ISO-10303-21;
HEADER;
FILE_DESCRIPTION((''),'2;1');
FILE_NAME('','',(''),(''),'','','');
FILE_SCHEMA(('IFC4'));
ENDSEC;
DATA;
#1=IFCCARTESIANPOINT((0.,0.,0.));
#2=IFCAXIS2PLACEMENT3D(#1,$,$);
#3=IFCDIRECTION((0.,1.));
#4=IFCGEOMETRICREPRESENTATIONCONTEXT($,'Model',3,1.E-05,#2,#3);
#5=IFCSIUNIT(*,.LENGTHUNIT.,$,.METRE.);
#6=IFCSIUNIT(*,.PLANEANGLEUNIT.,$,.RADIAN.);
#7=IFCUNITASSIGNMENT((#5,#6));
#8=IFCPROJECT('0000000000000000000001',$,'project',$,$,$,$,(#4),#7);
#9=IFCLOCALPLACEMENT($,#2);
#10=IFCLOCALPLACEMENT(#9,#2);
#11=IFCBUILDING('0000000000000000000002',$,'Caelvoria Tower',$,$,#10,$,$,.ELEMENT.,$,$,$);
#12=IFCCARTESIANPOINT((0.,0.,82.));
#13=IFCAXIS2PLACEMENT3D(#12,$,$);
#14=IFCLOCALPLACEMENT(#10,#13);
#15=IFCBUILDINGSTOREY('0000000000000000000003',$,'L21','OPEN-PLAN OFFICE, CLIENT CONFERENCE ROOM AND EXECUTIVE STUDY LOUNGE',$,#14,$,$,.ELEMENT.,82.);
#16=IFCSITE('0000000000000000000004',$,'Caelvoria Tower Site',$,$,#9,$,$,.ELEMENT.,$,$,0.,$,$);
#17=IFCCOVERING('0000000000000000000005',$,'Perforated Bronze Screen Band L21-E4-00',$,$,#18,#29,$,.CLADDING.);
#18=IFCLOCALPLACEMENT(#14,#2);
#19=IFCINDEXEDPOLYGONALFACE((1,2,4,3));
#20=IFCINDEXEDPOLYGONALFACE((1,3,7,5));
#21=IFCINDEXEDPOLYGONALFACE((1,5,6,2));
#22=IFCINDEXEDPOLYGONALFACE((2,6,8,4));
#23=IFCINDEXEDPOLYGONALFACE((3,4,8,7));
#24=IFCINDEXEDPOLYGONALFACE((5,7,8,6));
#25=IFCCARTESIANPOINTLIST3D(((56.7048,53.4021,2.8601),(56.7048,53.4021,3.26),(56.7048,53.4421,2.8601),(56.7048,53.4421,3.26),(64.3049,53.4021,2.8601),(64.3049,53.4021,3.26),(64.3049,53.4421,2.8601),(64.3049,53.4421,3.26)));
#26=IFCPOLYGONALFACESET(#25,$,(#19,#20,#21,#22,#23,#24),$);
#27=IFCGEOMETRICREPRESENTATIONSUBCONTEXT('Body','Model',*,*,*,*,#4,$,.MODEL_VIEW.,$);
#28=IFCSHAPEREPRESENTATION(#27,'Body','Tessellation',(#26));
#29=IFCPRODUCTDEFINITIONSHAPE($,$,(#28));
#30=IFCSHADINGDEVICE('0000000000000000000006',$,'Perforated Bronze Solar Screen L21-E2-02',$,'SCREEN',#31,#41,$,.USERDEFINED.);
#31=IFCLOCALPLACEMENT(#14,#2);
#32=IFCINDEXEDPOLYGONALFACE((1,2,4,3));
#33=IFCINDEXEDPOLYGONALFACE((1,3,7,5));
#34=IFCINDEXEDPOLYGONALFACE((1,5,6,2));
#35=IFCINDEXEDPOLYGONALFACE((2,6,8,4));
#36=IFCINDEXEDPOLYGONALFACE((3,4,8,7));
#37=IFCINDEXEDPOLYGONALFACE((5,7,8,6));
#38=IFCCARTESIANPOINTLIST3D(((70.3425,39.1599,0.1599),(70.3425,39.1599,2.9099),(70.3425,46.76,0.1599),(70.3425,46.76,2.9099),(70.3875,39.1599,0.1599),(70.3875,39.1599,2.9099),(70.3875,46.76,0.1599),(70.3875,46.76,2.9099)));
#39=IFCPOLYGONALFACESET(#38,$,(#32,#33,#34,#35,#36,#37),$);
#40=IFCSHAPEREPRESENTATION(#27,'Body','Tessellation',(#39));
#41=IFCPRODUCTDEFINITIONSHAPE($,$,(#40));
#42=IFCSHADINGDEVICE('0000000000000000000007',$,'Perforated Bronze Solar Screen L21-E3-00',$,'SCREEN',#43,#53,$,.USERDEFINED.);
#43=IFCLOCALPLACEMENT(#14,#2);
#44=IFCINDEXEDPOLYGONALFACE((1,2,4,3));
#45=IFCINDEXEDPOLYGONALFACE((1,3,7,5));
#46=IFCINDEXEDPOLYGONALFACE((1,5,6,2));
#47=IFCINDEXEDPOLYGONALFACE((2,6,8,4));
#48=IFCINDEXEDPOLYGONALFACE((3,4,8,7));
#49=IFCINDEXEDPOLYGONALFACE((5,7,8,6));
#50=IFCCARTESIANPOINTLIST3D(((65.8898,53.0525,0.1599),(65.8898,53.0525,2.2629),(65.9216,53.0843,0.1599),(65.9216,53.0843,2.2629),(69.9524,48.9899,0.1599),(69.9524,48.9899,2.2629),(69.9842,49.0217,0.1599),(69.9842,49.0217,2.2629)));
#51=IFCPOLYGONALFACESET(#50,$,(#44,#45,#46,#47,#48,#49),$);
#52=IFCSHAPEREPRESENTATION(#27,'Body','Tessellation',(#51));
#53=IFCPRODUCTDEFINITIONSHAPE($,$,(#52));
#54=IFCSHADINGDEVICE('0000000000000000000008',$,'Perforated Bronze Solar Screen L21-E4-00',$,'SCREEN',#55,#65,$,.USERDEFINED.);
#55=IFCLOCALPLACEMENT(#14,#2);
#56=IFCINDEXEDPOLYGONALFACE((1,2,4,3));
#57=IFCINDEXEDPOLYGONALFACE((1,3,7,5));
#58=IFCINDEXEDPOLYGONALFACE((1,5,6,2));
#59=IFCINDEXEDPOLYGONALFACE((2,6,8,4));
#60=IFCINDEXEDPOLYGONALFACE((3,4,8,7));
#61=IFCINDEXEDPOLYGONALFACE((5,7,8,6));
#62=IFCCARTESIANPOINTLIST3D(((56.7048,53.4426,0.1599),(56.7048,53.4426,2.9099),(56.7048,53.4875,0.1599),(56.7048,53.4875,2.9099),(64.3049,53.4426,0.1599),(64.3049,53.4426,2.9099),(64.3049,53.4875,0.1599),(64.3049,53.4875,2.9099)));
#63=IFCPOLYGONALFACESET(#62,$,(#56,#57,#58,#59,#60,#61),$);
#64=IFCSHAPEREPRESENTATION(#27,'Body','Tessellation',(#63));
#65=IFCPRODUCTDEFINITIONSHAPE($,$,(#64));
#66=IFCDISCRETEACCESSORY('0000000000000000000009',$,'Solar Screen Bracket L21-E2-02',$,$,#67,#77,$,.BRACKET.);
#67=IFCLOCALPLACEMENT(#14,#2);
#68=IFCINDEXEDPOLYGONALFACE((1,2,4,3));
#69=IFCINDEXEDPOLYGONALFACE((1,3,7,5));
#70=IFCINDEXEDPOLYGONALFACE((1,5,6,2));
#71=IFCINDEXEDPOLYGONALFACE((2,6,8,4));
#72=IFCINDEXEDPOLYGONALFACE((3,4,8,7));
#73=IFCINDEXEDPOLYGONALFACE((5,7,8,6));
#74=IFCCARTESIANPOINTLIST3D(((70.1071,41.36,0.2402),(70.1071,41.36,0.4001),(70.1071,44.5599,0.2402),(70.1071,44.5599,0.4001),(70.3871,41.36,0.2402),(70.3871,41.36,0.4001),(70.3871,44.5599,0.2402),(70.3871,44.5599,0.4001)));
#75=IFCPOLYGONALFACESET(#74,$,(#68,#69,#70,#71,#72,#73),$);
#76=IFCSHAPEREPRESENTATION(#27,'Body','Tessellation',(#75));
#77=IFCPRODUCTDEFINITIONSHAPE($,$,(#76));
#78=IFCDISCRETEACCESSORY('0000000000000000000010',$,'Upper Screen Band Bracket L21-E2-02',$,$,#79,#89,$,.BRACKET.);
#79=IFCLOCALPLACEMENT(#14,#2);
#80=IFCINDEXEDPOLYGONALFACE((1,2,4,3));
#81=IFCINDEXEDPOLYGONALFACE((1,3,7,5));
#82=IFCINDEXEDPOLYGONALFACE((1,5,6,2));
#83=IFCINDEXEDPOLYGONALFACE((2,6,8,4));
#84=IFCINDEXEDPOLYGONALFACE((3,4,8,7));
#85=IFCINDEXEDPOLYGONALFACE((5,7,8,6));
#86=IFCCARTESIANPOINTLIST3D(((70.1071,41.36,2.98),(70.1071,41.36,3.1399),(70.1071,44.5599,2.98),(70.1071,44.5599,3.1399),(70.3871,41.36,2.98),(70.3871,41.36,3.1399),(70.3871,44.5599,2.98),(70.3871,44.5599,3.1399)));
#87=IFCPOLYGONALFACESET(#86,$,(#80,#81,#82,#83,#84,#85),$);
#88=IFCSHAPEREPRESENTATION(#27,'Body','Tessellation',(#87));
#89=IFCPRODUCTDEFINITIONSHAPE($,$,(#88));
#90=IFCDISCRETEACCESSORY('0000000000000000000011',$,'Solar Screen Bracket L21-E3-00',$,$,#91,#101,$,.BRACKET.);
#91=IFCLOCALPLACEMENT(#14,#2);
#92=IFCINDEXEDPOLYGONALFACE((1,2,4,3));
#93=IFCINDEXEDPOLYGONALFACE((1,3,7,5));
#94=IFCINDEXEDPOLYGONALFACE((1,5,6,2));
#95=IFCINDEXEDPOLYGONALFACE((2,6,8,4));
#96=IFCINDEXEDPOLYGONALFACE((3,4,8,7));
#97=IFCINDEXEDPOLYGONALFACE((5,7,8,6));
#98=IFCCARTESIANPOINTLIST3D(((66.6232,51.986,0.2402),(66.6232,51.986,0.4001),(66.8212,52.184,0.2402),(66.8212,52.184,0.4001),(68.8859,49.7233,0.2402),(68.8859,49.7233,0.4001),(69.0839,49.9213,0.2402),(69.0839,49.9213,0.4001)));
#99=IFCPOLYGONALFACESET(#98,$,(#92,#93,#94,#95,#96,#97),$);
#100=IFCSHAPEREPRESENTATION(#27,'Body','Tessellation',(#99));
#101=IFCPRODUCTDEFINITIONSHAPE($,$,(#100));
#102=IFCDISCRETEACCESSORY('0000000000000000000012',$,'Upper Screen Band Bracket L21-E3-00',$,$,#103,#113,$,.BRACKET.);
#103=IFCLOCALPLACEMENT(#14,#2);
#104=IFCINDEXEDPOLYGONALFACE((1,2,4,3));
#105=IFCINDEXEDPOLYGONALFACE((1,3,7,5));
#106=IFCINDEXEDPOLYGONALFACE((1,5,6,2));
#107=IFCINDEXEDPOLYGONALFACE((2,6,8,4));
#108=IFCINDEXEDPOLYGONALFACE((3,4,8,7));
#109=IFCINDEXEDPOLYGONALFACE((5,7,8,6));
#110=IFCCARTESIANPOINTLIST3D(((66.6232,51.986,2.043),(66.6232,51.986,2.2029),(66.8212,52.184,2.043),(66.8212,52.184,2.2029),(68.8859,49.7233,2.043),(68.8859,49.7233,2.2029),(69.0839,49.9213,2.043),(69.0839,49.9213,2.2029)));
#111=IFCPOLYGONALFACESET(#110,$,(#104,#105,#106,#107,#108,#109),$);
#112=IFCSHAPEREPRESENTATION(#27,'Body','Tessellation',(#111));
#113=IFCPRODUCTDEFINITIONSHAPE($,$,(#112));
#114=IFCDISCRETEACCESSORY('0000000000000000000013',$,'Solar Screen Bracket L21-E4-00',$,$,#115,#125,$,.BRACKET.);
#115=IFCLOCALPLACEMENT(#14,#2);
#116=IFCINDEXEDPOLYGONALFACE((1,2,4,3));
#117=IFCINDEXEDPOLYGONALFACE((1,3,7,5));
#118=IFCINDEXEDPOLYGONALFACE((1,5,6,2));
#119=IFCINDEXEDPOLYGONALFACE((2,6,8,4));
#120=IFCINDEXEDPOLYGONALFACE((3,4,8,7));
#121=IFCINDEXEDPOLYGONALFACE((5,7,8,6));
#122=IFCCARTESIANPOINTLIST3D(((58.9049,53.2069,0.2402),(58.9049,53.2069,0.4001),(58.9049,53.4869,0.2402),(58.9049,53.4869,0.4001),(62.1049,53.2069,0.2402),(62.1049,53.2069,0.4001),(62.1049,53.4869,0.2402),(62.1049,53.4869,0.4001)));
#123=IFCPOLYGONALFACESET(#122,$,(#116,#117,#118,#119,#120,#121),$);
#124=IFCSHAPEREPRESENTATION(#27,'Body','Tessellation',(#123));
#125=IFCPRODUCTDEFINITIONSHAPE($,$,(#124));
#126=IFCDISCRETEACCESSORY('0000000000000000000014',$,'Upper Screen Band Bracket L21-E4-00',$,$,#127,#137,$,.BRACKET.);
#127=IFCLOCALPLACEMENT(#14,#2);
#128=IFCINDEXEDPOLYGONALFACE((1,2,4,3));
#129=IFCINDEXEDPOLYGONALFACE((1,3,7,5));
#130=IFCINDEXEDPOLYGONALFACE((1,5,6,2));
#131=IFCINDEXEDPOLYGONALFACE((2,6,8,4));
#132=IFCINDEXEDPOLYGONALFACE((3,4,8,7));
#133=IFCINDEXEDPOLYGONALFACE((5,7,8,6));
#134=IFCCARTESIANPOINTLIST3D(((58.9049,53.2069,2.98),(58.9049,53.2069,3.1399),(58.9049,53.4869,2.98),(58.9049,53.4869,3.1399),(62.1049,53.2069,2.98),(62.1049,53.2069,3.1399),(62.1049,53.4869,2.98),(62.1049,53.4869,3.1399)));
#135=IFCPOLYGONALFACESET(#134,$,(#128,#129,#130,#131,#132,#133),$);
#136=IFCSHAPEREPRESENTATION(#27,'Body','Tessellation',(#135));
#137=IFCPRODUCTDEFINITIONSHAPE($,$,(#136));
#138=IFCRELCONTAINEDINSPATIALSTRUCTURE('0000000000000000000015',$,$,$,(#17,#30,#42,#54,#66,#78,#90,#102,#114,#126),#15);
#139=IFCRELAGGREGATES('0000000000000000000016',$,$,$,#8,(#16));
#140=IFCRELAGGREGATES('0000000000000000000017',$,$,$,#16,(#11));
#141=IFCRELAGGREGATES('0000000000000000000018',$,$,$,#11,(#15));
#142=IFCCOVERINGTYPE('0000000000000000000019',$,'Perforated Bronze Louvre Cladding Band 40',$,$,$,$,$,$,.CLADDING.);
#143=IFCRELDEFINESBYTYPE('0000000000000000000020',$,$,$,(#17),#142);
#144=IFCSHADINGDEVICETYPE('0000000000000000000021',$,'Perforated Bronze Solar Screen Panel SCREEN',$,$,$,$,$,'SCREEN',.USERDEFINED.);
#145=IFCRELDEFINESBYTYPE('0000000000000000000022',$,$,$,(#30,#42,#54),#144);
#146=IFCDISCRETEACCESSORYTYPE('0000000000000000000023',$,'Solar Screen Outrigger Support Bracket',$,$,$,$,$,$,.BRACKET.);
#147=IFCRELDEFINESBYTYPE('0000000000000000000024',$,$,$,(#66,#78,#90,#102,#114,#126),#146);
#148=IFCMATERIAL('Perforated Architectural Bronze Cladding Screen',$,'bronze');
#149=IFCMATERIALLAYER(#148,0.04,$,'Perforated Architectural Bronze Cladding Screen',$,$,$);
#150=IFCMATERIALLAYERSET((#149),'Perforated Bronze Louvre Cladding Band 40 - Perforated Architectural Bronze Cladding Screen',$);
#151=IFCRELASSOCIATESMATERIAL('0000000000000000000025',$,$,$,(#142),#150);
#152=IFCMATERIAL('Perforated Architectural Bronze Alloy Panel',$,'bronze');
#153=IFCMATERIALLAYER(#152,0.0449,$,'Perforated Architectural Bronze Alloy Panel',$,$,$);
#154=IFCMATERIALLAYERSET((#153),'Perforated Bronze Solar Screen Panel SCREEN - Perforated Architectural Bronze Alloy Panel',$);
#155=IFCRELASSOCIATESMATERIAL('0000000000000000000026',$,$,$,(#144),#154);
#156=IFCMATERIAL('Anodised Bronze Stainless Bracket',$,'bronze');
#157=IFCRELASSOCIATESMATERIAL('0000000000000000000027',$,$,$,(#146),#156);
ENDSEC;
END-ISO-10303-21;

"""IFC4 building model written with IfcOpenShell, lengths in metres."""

from ifc_helpers import new_model, si_unit, direction, frame, origin, origin_2d, place, context, subcontext, project, spatial, rectangle, extrude, material, layer, layer_set, type_object, element, save


model = new_model("IFC4")

# Units and contexts
model_context = context("Model", 3, precision=1e-05, world=origin(), true_north=direction((0.0, 1.0)))
body_context = subcontext(model_context, "Body", "Model", "MODEL_VIEW")
ifc_project = project(units=[si_unit("LENGTHUNIT", "METRE"), si_unit("PLANEANGLEUNIT", "RADIAN")], contexts=[model_context])

# Site, building, storey
site_placement = place(None, origin())
site = spatial("IfcSite", under=ifc_project, at=site_placement, Name="Caelvoria Tower Site", CompositionType="ELEMENT", RefElevation=0.0)
building_placement = place(site_placement, origin())
building = spatial("IfcBuilding", under=site, at=building_placement, Name="Caelvoria Tower", CompositionType="ELEMENT")
storey_placement = place(building_placement, frame((0.0, 0.0, 82.0)))
storey = spatial("IfcBuildingStorey", under=building, at=storey_placement, Name="L21", Description="OPEN-PLAN OFFICE, CLIENT CONFERENCE ROOM AND EXECUTIVE STUDY LOUNGE", CompositionType="ELEMENT", Elevation=82.0)

# Covering
ifc_material_1 = material(Name="Perforated Architectural Bronze Cladding Screen", Category="bronze")
ifc_layer_1 = layer(ifc_material_1, 0.04, Name="Perforated Architectural Bronze Cladding Screen")
ifc_layer_set_1 = layer_set([ifc_layer_1], Name="Perforated Bronze Louvre Cladding Band 40 - Perforated Architectural Bronze Cladding Screen")
covering_type = type_object("IfcCoveringType", Name="Perforated Bronze Louvre Cladding Band 40", PredefinedType="CLADDING", material=ifc_layer_set_1)
covering_1_placement = place(storey_placement, frame((60.5049, 53.4221, 2.8601), z_axis=(0.0, 0.0, 1.0), x_axis=(-1.0, 0.0, 0.0)))
element("IfcCovering", 1, at=covering_1_placement, inside=storey, type_object=covering_type, Name="Perforated Bronze Screen Band L21-E4-00", PredefinedType="CLADDING", context=body_context, shape_type="SweptSolid", body=[
    extrude(rectangle(XDim=7.6001, YDim=0.04, at=origin_2d()), origin(), (0.0, 0.0, 1.0), 0.3999),
])

# Shading devices
ifc_material_2 = material(Name="Perforated Architectural Bronze Alloy Panel", Category="bronze")
ifc_layer_2 = layer(ifc_material_2, 0.0449, Name="Perforated Architectural Bronze Alloy Panel")
ifc_layer_set_2 = layer_set([ifc_layer_2], Name="Perforated Bronze Solar Screen Panel SCREEN - Perforated Architectural Bronze Alloy Panel")
shading_device_type = type_object("IfcShadingDeviceType", Name="Perforated Bronze Solar Screen Panel SCREEN", ElementType="SCREEN", PredefinedType="USERDEFINED", material=ifc_layer_set_2)
shading_device_1_placement = place(storey_placement, frame((70.365, 42.96, 0.1599), z_axis=(0.0, 0.0, 1.0), x_axis=(0.0, 1.0, 0.0)))
element("IfcShadingDevice", 2, at=shading_device_1_placement, inside=storey, type_object=shading_device_type, Name="Perforated Bronze Solar Screen L21-E2-02", ObjectType="SCREEN", PredefinedType="USERDEFINED", context=body_context, shape_type="SweptSolid", body=[
    extrude(rectangle(XDim=7.6001, YDim=0.0449, at=origin_2d()), origin(), (0.0, 0.0, 1.0), 2.75),
])
shading_device_2_placement = place(storey_placement, frame((67.937, 51.0371, 0.1599), z_axis=(0.0, 0.0, 1.0), x_axis=(-0.707107, 0.707107, 0.0)))
element("IfcShadingDevice", 3, at=shading_device_2_placement, inside=storey, type_object=shading_device_type, Name="Perforated Bronze Solar Screen L21-E3-00", ObjectType="SCREEN", PredefinedType="USERDEFINED", context=body_context, shape_type="SweptSolid", body=[
    extrude(rectangle(XDim=5.7454, YDim=0.0449, at=origin_2d()), origin(), (0.0, 0.0, 1.0), 2.103),
])
shading_device_3_placement = place(storey_placement, frame((60.5049, 53.4651, 0.1599), z_axis=(0.0, 0.0, 1.0), x_axis=(-1.0, 0.0, 0.0)))
element("IfcShadingDevice", 4, at=shading_device_3_placement, inside=storey, type_object=shading_device_type, Name="Perforated Bronze Solar Screen L21-E4-00", ObjectType="SCREEN", PredefinedType="USERDEFINED", context=body_context, shape_type="SweptSolid", body=[
    extrude(rectangle(XDim=7.6001, YDim=0.0449, at=origin_2d()), origin(), (0.0, 0.0, 1.0), 2.75),
])

# Discrete accessories
ifc_material_3 = material(Name="Anodised Bronze Stainless Bracket", Category="bronze")
discrete_accessory_type = type_object("IfcDiscreteAccessoryType", Name="Solar Screen Outrigger Support Bracket", PredefinedType="BRACKET", material=ifc_material_3)
for number, where, z_axis, x_axis, name in (
    (5, (70.2471, 42.96, 0.2402), (0.0, 0.0, 1.0), (0.0, 1.0, 0.0), "Solar Screen Bracket L21-E2-02"),
    (6, (70.2471, 42.96, 2.98), (0.0, 0.0, 1.0), (0.0, 1.0, 0.0), "Upper Screen Band Bracket L21-E2-02"),
    (7, (67.8535, 50.9536, 0.2402), (0.0, 0.0, 1.0), (-0.707107, 0.707107, 0.0), "Solar Screen Bracket L21-E3-00"),
    (8, (67.8535, 50.9536, 2.043), (0.0, 0.0, 1.0), (-0.707107, 0.707107, 0.0), "Upper Screen Band Bracket L21-E3-00"),
    (9, (60.5049, 53.3469, 0.2402), (0.0, 0.0, 1.0), (-1.0, 0.0, 0.0), "Solar Screen Bracket L21-E4-00"),
    (10, (60.5049, 53.3469, 2.98), (0.0, 0.0, 1.0), (-1.0, 0.0, 0.0), "Upper Screen Band Bracket L21-E4-00"),
):
    element("IfcDiscreteAccessory", number, at=place(storey_placement, frame(where, z_axis=z_axis, x_axis=x_axis)), inside=storey, type_object=discrete_accessory_type, Name=name, PredefinedType="BRACKET", context=body_context, shape_type="SweptSolid", body=[
        extrude(rectangle(XDim=3.2, YDim=0.28, at=origin_2d()), origin(), (0.0, 0.0, 1.0), 0.1599),
    ])

save(model, "model.ifc")
